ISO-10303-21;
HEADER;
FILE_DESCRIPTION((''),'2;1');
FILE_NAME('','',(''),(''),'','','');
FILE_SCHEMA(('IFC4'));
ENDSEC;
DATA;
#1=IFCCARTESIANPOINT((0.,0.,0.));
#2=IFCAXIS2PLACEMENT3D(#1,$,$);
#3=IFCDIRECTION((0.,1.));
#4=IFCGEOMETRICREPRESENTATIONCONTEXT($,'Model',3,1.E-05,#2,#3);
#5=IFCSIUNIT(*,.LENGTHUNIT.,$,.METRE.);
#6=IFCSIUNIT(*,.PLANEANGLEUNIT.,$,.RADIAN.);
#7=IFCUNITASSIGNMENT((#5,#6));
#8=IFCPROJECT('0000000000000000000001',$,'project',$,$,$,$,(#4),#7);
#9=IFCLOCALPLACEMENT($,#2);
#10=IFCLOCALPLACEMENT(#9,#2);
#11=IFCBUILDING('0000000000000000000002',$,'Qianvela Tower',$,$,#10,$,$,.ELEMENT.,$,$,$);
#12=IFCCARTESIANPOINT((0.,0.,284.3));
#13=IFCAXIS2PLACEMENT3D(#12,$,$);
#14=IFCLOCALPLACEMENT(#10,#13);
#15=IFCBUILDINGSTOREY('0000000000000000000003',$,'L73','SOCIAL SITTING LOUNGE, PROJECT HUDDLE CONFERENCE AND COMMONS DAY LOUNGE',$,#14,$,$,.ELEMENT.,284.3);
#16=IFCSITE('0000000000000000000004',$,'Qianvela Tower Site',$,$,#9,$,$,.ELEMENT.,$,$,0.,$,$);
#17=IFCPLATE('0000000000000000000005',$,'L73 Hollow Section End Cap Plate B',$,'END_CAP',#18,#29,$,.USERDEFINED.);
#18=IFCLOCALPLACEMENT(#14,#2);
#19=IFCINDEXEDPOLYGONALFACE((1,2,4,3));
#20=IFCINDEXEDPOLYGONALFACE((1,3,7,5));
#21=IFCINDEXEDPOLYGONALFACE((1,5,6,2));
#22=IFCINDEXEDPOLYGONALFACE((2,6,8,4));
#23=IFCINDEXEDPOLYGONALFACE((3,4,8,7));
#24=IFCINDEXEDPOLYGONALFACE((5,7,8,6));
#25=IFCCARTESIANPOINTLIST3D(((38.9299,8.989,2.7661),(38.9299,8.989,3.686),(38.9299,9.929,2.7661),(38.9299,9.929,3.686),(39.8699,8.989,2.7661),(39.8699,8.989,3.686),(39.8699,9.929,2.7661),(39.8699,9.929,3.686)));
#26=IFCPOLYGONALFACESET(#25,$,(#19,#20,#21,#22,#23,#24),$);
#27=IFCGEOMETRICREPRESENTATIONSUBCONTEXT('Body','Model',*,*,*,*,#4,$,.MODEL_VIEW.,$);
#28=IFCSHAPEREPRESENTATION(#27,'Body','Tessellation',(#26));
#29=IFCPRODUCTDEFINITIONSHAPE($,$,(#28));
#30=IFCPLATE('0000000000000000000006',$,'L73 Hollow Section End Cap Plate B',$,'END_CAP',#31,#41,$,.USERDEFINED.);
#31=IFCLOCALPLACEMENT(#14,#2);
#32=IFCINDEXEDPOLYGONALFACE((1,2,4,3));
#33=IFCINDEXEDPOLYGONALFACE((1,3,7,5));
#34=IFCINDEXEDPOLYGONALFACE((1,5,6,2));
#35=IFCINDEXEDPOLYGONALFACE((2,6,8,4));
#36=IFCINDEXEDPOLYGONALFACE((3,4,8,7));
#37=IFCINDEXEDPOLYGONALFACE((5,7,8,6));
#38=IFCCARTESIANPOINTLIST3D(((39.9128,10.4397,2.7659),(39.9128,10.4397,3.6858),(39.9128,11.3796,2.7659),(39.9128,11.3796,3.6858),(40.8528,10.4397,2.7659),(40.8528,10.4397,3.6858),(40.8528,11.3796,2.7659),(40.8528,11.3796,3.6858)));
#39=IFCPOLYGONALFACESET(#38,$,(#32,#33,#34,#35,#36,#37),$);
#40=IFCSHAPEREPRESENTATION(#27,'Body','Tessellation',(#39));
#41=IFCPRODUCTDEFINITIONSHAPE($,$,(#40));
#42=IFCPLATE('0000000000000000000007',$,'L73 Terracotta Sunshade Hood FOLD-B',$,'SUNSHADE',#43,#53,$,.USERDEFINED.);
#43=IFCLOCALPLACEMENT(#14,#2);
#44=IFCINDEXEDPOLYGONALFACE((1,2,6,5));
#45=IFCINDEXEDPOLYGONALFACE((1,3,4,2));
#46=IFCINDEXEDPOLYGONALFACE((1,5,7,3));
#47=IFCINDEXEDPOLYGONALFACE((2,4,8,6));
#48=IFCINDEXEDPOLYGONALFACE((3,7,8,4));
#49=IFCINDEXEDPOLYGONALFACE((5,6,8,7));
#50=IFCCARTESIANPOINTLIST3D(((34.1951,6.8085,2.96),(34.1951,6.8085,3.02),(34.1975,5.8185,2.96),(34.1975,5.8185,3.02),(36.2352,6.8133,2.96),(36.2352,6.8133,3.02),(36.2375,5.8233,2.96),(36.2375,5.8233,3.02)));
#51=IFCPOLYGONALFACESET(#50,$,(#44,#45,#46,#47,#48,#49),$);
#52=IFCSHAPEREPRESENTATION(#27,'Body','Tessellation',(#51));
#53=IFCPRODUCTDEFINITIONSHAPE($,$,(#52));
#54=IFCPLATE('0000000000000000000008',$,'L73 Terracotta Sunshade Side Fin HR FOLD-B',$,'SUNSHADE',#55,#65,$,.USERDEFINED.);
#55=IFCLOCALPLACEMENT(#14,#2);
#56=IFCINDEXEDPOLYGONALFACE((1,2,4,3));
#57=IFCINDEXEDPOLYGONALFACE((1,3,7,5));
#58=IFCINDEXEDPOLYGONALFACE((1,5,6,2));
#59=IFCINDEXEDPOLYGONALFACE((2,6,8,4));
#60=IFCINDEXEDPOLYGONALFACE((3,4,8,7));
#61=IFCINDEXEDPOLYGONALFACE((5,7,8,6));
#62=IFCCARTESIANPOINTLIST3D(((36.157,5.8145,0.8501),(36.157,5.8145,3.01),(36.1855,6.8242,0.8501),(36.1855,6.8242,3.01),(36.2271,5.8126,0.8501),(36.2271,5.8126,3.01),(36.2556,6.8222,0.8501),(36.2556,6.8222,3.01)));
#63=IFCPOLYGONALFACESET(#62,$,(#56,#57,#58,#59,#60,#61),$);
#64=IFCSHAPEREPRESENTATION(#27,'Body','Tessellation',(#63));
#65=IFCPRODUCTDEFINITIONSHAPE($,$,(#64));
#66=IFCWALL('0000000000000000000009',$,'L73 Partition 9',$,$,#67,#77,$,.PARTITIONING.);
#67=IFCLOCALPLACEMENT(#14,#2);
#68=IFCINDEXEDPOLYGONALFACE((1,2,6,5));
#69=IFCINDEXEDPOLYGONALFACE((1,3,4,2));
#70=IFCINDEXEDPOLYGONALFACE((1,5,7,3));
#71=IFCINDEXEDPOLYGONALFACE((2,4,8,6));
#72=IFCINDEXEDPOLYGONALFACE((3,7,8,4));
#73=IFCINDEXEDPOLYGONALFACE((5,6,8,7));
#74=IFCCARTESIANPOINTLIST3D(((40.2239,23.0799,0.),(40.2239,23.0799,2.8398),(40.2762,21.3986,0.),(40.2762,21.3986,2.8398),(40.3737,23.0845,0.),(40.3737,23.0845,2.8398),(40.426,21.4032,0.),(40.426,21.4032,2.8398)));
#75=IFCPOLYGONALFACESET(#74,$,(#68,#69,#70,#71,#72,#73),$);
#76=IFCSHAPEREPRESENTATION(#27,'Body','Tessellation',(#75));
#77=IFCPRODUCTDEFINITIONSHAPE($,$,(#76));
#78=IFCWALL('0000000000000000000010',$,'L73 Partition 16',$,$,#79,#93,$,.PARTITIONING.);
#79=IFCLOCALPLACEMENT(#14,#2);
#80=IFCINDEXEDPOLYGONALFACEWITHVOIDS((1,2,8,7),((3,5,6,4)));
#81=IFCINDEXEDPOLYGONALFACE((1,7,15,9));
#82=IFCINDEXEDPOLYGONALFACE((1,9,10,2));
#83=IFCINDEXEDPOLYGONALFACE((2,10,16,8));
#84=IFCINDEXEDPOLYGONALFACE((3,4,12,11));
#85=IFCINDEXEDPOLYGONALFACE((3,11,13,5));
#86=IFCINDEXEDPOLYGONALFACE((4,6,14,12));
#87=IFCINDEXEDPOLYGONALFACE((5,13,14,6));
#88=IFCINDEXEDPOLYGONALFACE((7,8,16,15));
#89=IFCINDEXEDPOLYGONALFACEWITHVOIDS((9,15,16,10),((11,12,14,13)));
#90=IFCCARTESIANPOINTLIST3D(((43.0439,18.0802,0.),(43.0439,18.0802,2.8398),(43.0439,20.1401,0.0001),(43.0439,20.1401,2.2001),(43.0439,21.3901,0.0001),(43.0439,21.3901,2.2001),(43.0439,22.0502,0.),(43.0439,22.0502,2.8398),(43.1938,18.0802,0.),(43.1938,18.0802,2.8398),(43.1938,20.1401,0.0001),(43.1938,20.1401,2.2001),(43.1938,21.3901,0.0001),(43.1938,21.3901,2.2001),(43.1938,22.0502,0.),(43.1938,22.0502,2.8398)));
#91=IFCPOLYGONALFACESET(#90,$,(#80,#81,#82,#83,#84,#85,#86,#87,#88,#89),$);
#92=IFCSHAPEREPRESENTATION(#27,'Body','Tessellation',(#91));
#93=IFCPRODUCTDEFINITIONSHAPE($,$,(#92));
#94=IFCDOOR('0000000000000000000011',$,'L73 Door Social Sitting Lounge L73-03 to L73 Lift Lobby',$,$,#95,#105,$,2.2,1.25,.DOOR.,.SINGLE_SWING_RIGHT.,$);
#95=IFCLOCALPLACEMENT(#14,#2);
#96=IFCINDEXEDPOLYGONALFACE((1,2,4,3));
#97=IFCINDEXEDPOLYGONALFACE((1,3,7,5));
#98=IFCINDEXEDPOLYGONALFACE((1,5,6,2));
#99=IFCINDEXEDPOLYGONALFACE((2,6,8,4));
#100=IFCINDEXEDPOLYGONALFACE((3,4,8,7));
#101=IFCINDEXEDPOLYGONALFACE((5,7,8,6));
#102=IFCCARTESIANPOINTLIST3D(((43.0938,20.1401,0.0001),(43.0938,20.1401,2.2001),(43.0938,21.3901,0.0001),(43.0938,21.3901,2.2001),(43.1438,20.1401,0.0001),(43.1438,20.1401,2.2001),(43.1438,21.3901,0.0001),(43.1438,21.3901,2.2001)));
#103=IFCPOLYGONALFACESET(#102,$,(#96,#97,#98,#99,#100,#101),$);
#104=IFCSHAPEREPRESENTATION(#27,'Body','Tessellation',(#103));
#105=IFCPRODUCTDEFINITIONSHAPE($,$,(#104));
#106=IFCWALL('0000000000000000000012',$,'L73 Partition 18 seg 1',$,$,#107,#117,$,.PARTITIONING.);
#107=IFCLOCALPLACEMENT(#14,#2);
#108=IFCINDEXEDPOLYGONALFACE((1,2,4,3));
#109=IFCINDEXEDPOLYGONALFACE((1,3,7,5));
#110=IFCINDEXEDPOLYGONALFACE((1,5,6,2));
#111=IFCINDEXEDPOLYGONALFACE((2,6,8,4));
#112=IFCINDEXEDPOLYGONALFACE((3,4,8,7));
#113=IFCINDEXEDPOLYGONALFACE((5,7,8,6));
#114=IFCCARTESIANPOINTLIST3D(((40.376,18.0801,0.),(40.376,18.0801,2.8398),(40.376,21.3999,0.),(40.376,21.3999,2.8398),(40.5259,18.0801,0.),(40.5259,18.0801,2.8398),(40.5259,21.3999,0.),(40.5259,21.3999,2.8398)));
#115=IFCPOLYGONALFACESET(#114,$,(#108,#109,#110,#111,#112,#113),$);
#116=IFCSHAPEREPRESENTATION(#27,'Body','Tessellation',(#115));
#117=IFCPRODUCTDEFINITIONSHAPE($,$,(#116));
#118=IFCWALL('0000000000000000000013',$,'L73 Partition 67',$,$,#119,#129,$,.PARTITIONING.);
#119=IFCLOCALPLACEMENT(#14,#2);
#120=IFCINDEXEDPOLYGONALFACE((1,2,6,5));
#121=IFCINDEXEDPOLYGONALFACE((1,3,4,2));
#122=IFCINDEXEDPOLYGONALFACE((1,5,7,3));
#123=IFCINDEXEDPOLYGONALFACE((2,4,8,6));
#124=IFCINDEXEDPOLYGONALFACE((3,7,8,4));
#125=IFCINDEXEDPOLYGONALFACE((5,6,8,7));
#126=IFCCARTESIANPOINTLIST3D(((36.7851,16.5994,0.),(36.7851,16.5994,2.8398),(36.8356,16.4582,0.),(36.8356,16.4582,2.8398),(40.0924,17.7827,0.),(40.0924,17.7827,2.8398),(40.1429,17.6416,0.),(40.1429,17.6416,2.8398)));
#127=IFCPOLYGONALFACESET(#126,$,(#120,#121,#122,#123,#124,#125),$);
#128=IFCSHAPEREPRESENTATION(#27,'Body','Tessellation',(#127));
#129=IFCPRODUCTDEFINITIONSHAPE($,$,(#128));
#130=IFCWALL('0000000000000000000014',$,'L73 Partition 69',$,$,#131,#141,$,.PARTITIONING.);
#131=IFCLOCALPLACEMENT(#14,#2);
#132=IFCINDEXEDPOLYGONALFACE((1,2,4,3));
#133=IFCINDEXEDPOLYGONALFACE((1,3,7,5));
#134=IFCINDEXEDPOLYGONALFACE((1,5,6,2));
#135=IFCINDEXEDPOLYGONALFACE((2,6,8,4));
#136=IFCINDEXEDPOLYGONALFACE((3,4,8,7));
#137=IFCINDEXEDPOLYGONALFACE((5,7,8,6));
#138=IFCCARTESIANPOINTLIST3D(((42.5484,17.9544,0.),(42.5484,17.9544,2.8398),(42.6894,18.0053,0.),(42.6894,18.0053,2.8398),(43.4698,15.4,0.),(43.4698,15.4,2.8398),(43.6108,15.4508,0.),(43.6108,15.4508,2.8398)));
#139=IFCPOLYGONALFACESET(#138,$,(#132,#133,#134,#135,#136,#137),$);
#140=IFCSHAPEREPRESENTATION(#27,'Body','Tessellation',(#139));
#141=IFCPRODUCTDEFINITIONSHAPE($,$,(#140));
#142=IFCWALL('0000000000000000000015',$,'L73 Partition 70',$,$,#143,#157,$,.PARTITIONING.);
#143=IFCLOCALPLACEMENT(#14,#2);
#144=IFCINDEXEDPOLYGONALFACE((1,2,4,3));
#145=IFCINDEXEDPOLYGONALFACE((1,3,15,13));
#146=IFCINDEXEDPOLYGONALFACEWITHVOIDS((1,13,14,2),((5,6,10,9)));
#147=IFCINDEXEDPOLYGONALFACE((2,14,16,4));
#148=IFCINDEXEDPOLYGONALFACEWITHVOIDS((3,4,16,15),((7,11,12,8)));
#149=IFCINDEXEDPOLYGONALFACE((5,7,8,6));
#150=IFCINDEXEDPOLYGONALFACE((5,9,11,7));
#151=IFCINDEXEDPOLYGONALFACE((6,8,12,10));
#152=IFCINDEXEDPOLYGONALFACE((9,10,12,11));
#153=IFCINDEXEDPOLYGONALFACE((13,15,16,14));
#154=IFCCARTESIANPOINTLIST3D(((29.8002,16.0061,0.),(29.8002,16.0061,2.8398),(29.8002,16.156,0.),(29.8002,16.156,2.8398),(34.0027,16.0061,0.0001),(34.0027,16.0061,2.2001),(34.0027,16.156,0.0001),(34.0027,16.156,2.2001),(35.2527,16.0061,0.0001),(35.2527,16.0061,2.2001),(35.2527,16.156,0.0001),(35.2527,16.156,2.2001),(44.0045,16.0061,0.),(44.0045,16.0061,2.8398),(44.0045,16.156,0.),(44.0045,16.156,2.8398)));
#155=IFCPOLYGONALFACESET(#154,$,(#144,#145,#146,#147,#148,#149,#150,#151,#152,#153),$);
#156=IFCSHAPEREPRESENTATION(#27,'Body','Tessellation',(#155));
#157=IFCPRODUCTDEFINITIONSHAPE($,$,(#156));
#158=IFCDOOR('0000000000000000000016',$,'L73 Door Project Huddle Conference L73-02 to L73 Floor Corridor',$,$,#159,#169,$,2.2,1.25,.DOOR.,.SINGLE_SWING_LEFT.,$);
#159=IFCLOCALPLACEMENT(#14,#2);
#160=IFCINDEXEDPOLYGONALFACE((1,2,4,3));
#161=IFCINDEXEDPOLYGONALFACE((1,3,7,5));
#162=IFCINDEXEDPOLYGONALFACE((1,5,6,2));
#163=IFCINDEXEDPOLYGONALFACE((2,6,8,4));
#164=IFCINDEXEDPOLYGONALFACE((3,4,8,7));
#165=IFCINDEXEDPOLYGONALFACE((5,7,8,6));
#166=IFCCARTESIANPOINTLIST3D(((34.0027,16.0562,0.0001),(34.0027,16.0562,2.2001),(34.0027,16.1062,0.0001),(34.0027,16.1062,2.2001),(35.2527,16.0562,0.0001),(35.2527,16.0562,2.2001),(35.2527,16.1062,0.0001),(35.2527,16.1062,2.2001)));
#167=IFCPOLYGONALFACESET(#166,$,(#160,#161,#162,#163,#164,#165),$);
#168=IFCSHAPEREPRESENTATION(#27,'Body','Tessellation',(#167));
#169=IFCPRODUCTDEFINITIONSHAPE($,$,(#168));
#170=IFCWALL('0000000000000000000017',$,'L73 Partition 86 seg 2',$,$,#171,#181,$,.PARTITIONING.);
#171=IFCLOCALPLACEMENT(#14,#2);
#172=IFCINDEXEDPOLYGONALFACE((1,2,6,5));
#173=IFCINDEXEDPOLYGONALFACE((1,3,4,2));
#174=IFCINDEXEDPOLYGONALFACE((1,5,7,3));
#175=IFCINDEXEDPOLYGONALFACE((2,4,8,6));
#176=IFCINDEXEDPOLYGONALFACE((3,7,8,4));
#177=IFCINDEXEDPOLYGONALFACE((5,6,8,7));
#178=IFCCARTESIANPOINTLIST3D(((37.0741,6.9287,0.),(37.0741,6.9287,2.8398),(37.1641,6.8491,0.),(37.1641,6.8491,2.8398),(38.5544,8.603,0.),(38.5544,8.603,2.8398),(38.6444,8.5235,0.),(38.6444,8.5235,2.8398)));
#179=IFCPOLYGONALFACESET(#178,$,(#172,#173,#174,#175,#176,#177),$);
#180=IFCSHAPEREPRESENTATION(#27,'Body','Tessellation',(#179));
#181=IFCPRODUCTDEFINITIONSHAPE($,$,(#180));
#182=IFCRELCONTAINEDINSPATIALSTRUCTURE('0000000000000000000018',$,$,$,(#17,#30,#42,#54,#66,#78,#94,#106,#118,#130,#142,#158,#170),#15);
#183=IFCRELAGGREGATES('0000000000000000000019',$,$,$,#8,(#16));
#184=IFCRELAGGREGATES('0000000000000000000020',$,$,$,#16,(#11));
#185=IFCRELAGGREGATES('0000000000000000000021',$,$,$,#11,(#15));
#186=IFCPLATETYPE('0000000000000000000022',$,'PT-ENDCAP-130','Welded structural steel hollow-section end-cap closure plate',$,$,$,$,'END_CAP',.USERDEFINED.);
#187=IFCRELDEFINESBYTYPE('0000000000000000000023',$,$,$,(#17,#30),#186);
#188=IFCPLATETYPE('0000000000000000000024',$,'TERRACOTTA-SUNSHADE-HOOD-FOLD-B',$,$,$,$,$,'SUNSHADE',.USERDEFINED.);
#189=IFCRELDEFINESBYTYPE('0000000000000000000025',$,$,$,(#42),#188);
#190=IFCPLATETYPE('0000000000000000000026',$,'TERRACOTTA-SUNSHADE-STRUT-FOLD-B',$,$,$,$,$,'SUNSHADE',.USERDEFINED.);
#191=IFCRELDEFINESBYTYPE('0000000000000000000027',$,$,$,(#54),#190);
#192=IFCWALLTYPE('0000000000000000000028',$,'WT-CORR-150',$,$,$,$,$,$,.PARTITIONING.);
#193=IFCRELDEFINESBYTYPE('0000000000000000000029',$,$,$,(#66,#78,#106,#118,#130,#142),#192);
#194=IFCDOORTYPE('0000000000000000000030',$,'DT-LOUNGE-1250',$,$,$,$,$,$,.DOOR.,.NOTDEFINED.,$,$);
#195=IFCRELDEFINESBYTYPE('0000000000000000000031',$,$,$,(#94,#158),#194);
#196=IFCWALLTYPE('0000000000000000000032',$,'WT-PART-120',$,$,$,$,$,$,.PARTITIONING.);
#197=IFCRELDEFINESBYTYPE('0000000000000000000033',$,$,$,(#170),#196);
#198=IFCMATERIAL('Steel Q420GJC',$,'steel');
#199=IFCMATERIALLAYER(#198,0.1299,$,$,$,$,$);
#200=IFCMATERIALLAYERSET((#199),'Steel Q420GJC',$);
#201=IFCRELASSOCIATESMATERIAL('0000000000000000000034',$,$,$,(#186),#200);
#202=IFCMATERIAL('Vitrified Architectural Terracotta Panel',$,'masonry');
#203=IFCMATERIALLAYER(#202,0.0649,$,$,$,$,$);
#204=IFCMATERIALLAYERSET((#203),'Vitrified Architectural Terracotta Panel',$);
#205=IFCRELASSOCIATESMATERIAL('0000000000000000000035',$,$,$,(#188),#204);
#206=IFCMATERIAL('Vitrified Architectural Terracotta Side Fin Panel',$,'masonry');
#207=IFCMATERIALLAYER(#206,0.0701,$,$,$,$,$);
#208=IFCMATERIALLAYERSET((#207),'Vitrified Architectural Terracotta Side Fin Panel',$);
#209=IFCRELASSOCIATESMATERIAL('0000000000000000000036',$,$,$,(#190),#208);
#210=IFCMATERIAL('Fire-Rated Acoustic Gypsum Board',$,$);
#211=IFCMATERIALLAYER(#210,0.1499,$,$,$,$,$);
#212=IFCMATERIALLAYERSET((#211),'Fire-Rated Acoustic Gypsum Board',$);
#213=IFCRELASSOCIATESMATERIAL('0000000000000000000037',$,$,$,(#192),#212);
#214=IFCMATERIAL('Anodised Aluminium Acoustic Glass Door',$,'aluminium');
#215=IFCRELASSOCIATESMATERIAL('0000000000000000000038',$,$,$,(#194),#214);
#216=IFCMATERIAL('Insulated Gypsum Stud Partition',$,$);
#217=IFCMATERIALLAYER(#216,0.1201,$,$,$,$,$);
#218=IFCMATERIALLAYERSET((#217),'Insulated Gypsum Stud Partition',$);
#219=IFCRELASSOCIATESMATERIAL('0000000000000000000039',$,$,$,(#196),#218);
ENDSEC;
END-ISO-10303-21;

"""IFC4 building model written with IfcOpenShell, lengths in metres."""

from ifc_helpers import new_model, si_unit, direction, frame, frame_2d, origin, origin_2d, place, context, subcontext, project, spatial, rectangle, extrude, material, layer, layer_set, type_object, element, fill, save


model = new_model("IFC4")

# Units and contexts
model_context = context("Model", 3, precision=1e-05, world=origin(), true_north=direction((0.0, 1.0)))
body_context = subcontext(model_context, "Body", "Model", "MODEL_VIEW")
ifc_project = project(units=[si_unit("LENGTHUNIT", "METRE"), si_unit("PLANEANGLEUNIT", "RADIAN")], contexts=[model_context])

# Site, building, storey
site_placement = place(None, origin())
site = spatial("IfcSite", under=ifc_project, at=site_placement, Name="Qianvela Tower Site", CompositionType="ELEMENT", RefElevation=0.0)
building_placement = place(site_placement, origin())
building = spatial("IfcBuilding", under=site, at=building_placement, Name="Qianvela Tower", CompositionType="ELEMENT")
storey_placement = place(building_placement, frame((0.0, 0.0, 284.3)))
storey = spatial("IfcBuildingStorey", under=building, at=storey_placement, Name="L73", Description="SOCIAL SITTING LOUNGE, PROJECT HUDDLE CONFERENCE AND COMMONS DAY LOUNGE", CompositionType="ELEMENT", Elevation=284.3)

# Plates
ifc_material_1 = material(Name="Steel Q420GJC", Category="steel")
ifc_layer_1 = layer(ifc_material_1, 0.1299)
ifc_layer_set_1 = layer_set([ifc_layer_1], Name="Steel Q420GJC")
plate_type_1 = type_object("IfcPlateType", Name="PT-ENDCAP-130", Description="Welded structural steel hollow-section end-cap closure plate", ElementType="END_CAP", PredefinedType="USERDEFINED", material=ifc_layer_set_1)
for number, where, z_axis, x_axis, name in (
    (1, (39.3999, 9.459, 2.7661), (0.0, 0.0, 1.0), (1.0, 0.0, 0.0), "L73 Hollow Section End Cap Plate B"),
    (2, (40.3828, 10.9097, 2.7659), (0.0, 0.0, 1.0), (1.0, 0.0, 0.0), "L73 Hollow Section End Cap Plate B"),
):
    element("IfcPlate", number, at=place(storey_placement, frame(where, z_axis=z_axis, x_axis=x_axis)), inside=storey, type_object=plate_type_1, Name=name, ObjectType="END_CAP", PredefinedType="USERDEFINED", context=body_context, shape_type="SweptSolid", body=[
        extrude(rectangle(XDim=0.9399, YDim=0.9399, at=origin_2d()), origin(), (0.0, 0.0, 1.0), 0.9199),
    ])
ifc_material_2 = material(Name="Vitrified Architectural Terracotta Panel", Category="masonry")
ifc_layer_2 = layer(ifc_material_2, 0.0649)
ifc_layer_set_2 = layer_set([ifc_layer_2], Name="Vitrified Architectural Terracotta Panel")
plate_type_2 = type_object("IfcPlateType", Name="TERRACOTTA-SUNSHADE-HOOD-FOLD-B", ElementType="SUNSHADE", PredefinedType="USERDEFINED", material=ifc_layer_set_2)
plate_1_placement = place(storey_placement, frame((35.2163, 6.3159, 2.96), z_axis=(0.0, 0.0, 1.0), x_axis=(0.999997, 0.002351, 0.0)))
element("IfcPlate", 3, at=plate_1_placement, inside=storey, type_object=plate_type_2, Name="L73 Terracotta Sunshade Hood FOLD-B", ObjectType="SUNSHADE", PredefinedType="USERDEFINED", context=body_context, shape_type="SweptSolid", body=[
    extrude(rectangle(XDim=2.04, YDim=0.99, at=origin_2d()), origin(), (0.0, 0.0, 1.0), 0.0601),
])
ifc_material_3 = material(Name="Vitrified Architectural Terracotta Side Fin Panel", Category="masonry")
ifc_layer_3 = layer(ifc_material_3, 0.0701)
ifc_layer_set_3 = layer_set([ifc_layer_3], Name="Vitrified Architectural Terracotta Side Fin Panel")
plate_type_3 = type_object("IfcPlateType", Name="TERRACOTTA-SUNSHADE-STRUT-FOLD-B", ElementType="SUNSHADE", PredefinedType="USERDEFINED", material=ifc_layer_set_3)
plate_2_placement = place(storey_placement, frame((36.2063, 6.3184, 0.8501), z_axis=(0.0, 0.0, 1.0), x_axis=(0.999603, -0.028189, 0.0)))
element("IfcPlate", 4, at=plate_2_placement, inside=storey, type_object=plate_type_3, Name="L73 Terracotta Sunshade Side Fin HR FOLD-B", ObjectType="SUNSHADE", PredefinedType="USERDEFINED", context=body_context, shape_type="SweptSolid", body=[
    extrude(rectangle(XDim=0.0701, YDim=1.01, at=origin_2d()), origin(), (0.0, 0.0, 1.0), 2.1599),
])

# Wall
ifc_material_4 = material(Name="Fire-Rated Acoustic Gypsum Board")
ifc_layer_4 = layer(ifc_material_4, 0.1499)
ifc_layer_set_4 = layer_set([ifc_layer_4], Name="Fire-Rated Acoustic Gypsum Board")
wall_type_1 = type_object("IfcWallType", Name="WT-CORR-150", PredefinedType="PARTITIONING", material=ifc_layer_set_4)
wall_1_placement = place(storey_placement, frame((40.3511, 21.4009, 0.0), z_axis=(0.0, 0.0, 1.0), x_axis=(-0.031058, 0.999518, 0.0)))
element("IfcWall", 5, at=wall_1_placement, inside=storey, type_object=wall_type_1, Name="L73 Partition 9", PredefinedType="PARTITIONING", context=body_context, shape_type="SweptSolid", body=[
    extrude(rectangle(XDim=1.6821, YDim=0.1499, at=frame_2d((0.8411, 0.0))), origin(), (0.0, 0.0, 1.0), 2.8398),
])

# Wall, opening, door
wall_2_placement = place(storey_placement, frame((43.1189, 22.05, 0.0), z_axis=(0.0, 0.0, 1.0), x_axis=(0.0, -1.0, 0.0)))
wall_2 = element("IfcWall", 6, at=wall_2_placement, inside=storey, type_object=wall_type_1, Name="L73 Partition 16", PredefinedType="PARTITIONING", context=body_context, shape_type="SweptSolid", body=[
    extrude(rectangle(XDim=3.97, YDim=0.1499, at=frame_2d((1.9849, 0.0))), origin(), (0.0, 0.0, 1.0), 2.8398),
])
opening_1_placement = place(wall_2_placement, frame((0.6599, 0.0, 0.0)))
opening_1 = element("IfcOpeningElement", 7, at=opening_1_placement, cuts=wall_2, PredefinedType="OPENING", context=body_context, shape_type="SweptSolid", body=[
    extrude(rectangle(XDim=1.25, YDim=2.2, at=frame_2d((0.625, 1.1001))), frame((0.0, 0.085, 0.0), z_axis=(0.0, -1.0, 0.0), x_axis=(1.0, 0.0, 0.0)), (0.0, 0.0, 1.0), 0.1699),
])
ifc_material_5 = material(Name="Anodised Aluminium Acoustic Glass Door", Category="aluminium")
door_type_1 = type_object("IfcDoorType", Name="DT-LOUNGE-1250", OperationType="NOTDEFINED", PredefinedType="DOOR", material=ifc_material_5)
door_1_placement = place(opening_1_placement, origin())
door_1 = element("IfcDoor", 8, at=door_1_placement, inside=storey, type_object=door_type_1, Name="L73 Door Social Sitting Lounge L73-03 to L73 Lift Lobby", OperationType="SINGLE_SWING_RIGHT", OverallHeight=2.2, OverallWidth=1.25, PredefinedType="DOOR", context=body_context, shape_type="SweptSolid", body=[
    extrude(rectangle(XDim=1.25, YDim=2.2, at=frame_2d((0.625, 1.1001))), frame((0.0, 0.0249, 0.0), z_axis=(0.0, -1.0, 0.0), x_axis=(1.0, 0.0, 0.0)), (0.0, 0.0, 1.0), 0.05),
])
fill(opening_1, door_1)

# Walls
wall_3_placement = place(storey_placement, frame((40.4509, 18.0801, 0.0), z_axis=(0.0, 0.0, 1.0), x_axis=(0.0, 1.0, 0.0)))
element("IfcWall", 9, at=wall_3_placement, inside=storey, type_object=wall_type_1, Name="L73 Partition 18 seg 1", PredefinedType="PARTITIONING", context=body_context, shape_type="SweptSolid", body=[
    extrude(rectangle(XDim=3.3198, YDim=0.1499, at=frame_2d((1.6599, 0.0))), origin(), (0.0, 0.0, 1.0), 2.8398),
])
wall_4_placement = place(storey_placement, frame((36.8103, 16.5288, 0.0), z_axis=(0.0, 0.0, 1.0), x_axis=(0.941548, 0.336878, 0.0)))
element("IfcWall", 10, at=wall_4_placement, inside=storey, type_object=wall_type_1, Name="L73 Partition 67", PredefinedType="PARTITIONING", context=body_context, shape_type="SweptSolid", body=[
    extrude(rectangle(XDim=3.5127, YDim=0.1499, at=frame_2d((1.7563, 0.0))), origin(), (0.0, 0.0, 1.0), 2.8398),
])
wall_5_placement = place(storey_placement, frame((42.6189, 17.98, 0.0), z_axis=(0.0, 0.0, 1.0), x_axis=(0.339302, -0.940677, 0.0)))
element("IfcWall", 11, at=wall_5_placement, inside=storey, type_object=wall_type_1, Name="L73 Partition 69", PredefinedType="PARTITIONING", context=body_context, shape_type="SweptSolid", body=[
    extrude(rectangle(XDim=2.7156, YDim=0.1499, at=frame_2d((1.3579, 0.0))), origin(), (0.0, 0.0, 1.0), 2.8398),
])

# Wall, opening, door
wall_6_placement = place(storey_placement, frame((44.0044, 16.0811, 0.0), z_axis=(0.0, 0.0, 1.0), x_axis=(-1.0, 0.0, 0.0)))
wall_6 = element("IfcWall", 12, at=wall_6_placement, inside=storey, type_object=wall_type_1, Name="L73 Partition 70", PredefinedType="PARTITIONING", context=body_context, shape_type="SweptSolid", body=[
    extrude(rectangle(XDim=14.2043, YDim=0.1499, at=frame_2d((7.1021, 0.0))), origin(), (0.0, 0.0, 1.0), 2.8398),
])
opening_2_placement = place(wall_6_placement, frame((8.7517, 0.0, 0.0)))
opening_2 = element("IfcOpeningElement", 13, at=opening_2_placement, cuts=wall_6, PredefinedType="OPENING", context=body_context, shape_type="SweptSolid", body=[
    extrude(rectangle(XDim=1.25, YDim=2.2, at=frame_2d((0.625, 1.1001))), frame((0.0, 0.085, 0.0), z_axis=(0.0, -1.0, 0.0), x_axis=(1.0, 0.0, 0.0)), (0.0, 0.0, 1.0), 0.1699),
])
door_2_placement = place(opening_2_placement, origin())
door_2 = element("IfcDoor", 14, at=door_2_placement, inside=storey, type_object=door_type_1, Name="L73 Door Project Huddle Conference L73-02 to L73 Floor Corridor", OperationType="SINGLE_SWING_LEFT", OverallHeight=2.2, OverallWidth=1.25, PredefinedType="DOOR", context=body_context, shape_type="SweptSolid", body=[
    extrude(rectangle(XDim=1.25, YDim=2.2, at=frame_2d((0.625, 1.1001))), frame((0.0, 0.0249, 0.0), z_axis=(0.0, -1.0, 0.0), x_axis=(1.0, 0.0, 0.0)), (0.0, 0.0, 1.0), 0.05),
])
fill(opening_2, door_2)

# Wall
ifc_material_6 = material(Name="Insulated Gypsum Stud Partition")
ifc_layer_5 = layer(ifc_material_6, 0.1201)
ifc_layer_set_5 = layer_set([ifc_layer_5], Name="Insulated Gypsum Stud Partition")
wall_type_2 = type_object("IfcWallType", Name="WT-PART-120", PredefinedType="PARTITIONING", material=ifc_layer_set_5)
wall_7_placement = place(storey_placement, frame((38.5994, 8.5632, 0.0), z_axis=(0.0, 0.0, 1.0), x_axis=(-0.662348, -0.749197, 0.0)))
element("IfcWall", 15, at=wall_7_placement, inside=storey, type_object=wall_type_2, Name="L73 Partition 86 seg 2", PredefinedType="PARTITIONING", context=body_context, shape_type="SweptSolid", body=[
    extrude(rectangle(XDim=2.2349, YDim=0.1201, at=frame_2d((1.1174, 0.0))), origin(), (0.0, 0.0, 1.0), 2.8398),
])

save(model, "model.ifc")
